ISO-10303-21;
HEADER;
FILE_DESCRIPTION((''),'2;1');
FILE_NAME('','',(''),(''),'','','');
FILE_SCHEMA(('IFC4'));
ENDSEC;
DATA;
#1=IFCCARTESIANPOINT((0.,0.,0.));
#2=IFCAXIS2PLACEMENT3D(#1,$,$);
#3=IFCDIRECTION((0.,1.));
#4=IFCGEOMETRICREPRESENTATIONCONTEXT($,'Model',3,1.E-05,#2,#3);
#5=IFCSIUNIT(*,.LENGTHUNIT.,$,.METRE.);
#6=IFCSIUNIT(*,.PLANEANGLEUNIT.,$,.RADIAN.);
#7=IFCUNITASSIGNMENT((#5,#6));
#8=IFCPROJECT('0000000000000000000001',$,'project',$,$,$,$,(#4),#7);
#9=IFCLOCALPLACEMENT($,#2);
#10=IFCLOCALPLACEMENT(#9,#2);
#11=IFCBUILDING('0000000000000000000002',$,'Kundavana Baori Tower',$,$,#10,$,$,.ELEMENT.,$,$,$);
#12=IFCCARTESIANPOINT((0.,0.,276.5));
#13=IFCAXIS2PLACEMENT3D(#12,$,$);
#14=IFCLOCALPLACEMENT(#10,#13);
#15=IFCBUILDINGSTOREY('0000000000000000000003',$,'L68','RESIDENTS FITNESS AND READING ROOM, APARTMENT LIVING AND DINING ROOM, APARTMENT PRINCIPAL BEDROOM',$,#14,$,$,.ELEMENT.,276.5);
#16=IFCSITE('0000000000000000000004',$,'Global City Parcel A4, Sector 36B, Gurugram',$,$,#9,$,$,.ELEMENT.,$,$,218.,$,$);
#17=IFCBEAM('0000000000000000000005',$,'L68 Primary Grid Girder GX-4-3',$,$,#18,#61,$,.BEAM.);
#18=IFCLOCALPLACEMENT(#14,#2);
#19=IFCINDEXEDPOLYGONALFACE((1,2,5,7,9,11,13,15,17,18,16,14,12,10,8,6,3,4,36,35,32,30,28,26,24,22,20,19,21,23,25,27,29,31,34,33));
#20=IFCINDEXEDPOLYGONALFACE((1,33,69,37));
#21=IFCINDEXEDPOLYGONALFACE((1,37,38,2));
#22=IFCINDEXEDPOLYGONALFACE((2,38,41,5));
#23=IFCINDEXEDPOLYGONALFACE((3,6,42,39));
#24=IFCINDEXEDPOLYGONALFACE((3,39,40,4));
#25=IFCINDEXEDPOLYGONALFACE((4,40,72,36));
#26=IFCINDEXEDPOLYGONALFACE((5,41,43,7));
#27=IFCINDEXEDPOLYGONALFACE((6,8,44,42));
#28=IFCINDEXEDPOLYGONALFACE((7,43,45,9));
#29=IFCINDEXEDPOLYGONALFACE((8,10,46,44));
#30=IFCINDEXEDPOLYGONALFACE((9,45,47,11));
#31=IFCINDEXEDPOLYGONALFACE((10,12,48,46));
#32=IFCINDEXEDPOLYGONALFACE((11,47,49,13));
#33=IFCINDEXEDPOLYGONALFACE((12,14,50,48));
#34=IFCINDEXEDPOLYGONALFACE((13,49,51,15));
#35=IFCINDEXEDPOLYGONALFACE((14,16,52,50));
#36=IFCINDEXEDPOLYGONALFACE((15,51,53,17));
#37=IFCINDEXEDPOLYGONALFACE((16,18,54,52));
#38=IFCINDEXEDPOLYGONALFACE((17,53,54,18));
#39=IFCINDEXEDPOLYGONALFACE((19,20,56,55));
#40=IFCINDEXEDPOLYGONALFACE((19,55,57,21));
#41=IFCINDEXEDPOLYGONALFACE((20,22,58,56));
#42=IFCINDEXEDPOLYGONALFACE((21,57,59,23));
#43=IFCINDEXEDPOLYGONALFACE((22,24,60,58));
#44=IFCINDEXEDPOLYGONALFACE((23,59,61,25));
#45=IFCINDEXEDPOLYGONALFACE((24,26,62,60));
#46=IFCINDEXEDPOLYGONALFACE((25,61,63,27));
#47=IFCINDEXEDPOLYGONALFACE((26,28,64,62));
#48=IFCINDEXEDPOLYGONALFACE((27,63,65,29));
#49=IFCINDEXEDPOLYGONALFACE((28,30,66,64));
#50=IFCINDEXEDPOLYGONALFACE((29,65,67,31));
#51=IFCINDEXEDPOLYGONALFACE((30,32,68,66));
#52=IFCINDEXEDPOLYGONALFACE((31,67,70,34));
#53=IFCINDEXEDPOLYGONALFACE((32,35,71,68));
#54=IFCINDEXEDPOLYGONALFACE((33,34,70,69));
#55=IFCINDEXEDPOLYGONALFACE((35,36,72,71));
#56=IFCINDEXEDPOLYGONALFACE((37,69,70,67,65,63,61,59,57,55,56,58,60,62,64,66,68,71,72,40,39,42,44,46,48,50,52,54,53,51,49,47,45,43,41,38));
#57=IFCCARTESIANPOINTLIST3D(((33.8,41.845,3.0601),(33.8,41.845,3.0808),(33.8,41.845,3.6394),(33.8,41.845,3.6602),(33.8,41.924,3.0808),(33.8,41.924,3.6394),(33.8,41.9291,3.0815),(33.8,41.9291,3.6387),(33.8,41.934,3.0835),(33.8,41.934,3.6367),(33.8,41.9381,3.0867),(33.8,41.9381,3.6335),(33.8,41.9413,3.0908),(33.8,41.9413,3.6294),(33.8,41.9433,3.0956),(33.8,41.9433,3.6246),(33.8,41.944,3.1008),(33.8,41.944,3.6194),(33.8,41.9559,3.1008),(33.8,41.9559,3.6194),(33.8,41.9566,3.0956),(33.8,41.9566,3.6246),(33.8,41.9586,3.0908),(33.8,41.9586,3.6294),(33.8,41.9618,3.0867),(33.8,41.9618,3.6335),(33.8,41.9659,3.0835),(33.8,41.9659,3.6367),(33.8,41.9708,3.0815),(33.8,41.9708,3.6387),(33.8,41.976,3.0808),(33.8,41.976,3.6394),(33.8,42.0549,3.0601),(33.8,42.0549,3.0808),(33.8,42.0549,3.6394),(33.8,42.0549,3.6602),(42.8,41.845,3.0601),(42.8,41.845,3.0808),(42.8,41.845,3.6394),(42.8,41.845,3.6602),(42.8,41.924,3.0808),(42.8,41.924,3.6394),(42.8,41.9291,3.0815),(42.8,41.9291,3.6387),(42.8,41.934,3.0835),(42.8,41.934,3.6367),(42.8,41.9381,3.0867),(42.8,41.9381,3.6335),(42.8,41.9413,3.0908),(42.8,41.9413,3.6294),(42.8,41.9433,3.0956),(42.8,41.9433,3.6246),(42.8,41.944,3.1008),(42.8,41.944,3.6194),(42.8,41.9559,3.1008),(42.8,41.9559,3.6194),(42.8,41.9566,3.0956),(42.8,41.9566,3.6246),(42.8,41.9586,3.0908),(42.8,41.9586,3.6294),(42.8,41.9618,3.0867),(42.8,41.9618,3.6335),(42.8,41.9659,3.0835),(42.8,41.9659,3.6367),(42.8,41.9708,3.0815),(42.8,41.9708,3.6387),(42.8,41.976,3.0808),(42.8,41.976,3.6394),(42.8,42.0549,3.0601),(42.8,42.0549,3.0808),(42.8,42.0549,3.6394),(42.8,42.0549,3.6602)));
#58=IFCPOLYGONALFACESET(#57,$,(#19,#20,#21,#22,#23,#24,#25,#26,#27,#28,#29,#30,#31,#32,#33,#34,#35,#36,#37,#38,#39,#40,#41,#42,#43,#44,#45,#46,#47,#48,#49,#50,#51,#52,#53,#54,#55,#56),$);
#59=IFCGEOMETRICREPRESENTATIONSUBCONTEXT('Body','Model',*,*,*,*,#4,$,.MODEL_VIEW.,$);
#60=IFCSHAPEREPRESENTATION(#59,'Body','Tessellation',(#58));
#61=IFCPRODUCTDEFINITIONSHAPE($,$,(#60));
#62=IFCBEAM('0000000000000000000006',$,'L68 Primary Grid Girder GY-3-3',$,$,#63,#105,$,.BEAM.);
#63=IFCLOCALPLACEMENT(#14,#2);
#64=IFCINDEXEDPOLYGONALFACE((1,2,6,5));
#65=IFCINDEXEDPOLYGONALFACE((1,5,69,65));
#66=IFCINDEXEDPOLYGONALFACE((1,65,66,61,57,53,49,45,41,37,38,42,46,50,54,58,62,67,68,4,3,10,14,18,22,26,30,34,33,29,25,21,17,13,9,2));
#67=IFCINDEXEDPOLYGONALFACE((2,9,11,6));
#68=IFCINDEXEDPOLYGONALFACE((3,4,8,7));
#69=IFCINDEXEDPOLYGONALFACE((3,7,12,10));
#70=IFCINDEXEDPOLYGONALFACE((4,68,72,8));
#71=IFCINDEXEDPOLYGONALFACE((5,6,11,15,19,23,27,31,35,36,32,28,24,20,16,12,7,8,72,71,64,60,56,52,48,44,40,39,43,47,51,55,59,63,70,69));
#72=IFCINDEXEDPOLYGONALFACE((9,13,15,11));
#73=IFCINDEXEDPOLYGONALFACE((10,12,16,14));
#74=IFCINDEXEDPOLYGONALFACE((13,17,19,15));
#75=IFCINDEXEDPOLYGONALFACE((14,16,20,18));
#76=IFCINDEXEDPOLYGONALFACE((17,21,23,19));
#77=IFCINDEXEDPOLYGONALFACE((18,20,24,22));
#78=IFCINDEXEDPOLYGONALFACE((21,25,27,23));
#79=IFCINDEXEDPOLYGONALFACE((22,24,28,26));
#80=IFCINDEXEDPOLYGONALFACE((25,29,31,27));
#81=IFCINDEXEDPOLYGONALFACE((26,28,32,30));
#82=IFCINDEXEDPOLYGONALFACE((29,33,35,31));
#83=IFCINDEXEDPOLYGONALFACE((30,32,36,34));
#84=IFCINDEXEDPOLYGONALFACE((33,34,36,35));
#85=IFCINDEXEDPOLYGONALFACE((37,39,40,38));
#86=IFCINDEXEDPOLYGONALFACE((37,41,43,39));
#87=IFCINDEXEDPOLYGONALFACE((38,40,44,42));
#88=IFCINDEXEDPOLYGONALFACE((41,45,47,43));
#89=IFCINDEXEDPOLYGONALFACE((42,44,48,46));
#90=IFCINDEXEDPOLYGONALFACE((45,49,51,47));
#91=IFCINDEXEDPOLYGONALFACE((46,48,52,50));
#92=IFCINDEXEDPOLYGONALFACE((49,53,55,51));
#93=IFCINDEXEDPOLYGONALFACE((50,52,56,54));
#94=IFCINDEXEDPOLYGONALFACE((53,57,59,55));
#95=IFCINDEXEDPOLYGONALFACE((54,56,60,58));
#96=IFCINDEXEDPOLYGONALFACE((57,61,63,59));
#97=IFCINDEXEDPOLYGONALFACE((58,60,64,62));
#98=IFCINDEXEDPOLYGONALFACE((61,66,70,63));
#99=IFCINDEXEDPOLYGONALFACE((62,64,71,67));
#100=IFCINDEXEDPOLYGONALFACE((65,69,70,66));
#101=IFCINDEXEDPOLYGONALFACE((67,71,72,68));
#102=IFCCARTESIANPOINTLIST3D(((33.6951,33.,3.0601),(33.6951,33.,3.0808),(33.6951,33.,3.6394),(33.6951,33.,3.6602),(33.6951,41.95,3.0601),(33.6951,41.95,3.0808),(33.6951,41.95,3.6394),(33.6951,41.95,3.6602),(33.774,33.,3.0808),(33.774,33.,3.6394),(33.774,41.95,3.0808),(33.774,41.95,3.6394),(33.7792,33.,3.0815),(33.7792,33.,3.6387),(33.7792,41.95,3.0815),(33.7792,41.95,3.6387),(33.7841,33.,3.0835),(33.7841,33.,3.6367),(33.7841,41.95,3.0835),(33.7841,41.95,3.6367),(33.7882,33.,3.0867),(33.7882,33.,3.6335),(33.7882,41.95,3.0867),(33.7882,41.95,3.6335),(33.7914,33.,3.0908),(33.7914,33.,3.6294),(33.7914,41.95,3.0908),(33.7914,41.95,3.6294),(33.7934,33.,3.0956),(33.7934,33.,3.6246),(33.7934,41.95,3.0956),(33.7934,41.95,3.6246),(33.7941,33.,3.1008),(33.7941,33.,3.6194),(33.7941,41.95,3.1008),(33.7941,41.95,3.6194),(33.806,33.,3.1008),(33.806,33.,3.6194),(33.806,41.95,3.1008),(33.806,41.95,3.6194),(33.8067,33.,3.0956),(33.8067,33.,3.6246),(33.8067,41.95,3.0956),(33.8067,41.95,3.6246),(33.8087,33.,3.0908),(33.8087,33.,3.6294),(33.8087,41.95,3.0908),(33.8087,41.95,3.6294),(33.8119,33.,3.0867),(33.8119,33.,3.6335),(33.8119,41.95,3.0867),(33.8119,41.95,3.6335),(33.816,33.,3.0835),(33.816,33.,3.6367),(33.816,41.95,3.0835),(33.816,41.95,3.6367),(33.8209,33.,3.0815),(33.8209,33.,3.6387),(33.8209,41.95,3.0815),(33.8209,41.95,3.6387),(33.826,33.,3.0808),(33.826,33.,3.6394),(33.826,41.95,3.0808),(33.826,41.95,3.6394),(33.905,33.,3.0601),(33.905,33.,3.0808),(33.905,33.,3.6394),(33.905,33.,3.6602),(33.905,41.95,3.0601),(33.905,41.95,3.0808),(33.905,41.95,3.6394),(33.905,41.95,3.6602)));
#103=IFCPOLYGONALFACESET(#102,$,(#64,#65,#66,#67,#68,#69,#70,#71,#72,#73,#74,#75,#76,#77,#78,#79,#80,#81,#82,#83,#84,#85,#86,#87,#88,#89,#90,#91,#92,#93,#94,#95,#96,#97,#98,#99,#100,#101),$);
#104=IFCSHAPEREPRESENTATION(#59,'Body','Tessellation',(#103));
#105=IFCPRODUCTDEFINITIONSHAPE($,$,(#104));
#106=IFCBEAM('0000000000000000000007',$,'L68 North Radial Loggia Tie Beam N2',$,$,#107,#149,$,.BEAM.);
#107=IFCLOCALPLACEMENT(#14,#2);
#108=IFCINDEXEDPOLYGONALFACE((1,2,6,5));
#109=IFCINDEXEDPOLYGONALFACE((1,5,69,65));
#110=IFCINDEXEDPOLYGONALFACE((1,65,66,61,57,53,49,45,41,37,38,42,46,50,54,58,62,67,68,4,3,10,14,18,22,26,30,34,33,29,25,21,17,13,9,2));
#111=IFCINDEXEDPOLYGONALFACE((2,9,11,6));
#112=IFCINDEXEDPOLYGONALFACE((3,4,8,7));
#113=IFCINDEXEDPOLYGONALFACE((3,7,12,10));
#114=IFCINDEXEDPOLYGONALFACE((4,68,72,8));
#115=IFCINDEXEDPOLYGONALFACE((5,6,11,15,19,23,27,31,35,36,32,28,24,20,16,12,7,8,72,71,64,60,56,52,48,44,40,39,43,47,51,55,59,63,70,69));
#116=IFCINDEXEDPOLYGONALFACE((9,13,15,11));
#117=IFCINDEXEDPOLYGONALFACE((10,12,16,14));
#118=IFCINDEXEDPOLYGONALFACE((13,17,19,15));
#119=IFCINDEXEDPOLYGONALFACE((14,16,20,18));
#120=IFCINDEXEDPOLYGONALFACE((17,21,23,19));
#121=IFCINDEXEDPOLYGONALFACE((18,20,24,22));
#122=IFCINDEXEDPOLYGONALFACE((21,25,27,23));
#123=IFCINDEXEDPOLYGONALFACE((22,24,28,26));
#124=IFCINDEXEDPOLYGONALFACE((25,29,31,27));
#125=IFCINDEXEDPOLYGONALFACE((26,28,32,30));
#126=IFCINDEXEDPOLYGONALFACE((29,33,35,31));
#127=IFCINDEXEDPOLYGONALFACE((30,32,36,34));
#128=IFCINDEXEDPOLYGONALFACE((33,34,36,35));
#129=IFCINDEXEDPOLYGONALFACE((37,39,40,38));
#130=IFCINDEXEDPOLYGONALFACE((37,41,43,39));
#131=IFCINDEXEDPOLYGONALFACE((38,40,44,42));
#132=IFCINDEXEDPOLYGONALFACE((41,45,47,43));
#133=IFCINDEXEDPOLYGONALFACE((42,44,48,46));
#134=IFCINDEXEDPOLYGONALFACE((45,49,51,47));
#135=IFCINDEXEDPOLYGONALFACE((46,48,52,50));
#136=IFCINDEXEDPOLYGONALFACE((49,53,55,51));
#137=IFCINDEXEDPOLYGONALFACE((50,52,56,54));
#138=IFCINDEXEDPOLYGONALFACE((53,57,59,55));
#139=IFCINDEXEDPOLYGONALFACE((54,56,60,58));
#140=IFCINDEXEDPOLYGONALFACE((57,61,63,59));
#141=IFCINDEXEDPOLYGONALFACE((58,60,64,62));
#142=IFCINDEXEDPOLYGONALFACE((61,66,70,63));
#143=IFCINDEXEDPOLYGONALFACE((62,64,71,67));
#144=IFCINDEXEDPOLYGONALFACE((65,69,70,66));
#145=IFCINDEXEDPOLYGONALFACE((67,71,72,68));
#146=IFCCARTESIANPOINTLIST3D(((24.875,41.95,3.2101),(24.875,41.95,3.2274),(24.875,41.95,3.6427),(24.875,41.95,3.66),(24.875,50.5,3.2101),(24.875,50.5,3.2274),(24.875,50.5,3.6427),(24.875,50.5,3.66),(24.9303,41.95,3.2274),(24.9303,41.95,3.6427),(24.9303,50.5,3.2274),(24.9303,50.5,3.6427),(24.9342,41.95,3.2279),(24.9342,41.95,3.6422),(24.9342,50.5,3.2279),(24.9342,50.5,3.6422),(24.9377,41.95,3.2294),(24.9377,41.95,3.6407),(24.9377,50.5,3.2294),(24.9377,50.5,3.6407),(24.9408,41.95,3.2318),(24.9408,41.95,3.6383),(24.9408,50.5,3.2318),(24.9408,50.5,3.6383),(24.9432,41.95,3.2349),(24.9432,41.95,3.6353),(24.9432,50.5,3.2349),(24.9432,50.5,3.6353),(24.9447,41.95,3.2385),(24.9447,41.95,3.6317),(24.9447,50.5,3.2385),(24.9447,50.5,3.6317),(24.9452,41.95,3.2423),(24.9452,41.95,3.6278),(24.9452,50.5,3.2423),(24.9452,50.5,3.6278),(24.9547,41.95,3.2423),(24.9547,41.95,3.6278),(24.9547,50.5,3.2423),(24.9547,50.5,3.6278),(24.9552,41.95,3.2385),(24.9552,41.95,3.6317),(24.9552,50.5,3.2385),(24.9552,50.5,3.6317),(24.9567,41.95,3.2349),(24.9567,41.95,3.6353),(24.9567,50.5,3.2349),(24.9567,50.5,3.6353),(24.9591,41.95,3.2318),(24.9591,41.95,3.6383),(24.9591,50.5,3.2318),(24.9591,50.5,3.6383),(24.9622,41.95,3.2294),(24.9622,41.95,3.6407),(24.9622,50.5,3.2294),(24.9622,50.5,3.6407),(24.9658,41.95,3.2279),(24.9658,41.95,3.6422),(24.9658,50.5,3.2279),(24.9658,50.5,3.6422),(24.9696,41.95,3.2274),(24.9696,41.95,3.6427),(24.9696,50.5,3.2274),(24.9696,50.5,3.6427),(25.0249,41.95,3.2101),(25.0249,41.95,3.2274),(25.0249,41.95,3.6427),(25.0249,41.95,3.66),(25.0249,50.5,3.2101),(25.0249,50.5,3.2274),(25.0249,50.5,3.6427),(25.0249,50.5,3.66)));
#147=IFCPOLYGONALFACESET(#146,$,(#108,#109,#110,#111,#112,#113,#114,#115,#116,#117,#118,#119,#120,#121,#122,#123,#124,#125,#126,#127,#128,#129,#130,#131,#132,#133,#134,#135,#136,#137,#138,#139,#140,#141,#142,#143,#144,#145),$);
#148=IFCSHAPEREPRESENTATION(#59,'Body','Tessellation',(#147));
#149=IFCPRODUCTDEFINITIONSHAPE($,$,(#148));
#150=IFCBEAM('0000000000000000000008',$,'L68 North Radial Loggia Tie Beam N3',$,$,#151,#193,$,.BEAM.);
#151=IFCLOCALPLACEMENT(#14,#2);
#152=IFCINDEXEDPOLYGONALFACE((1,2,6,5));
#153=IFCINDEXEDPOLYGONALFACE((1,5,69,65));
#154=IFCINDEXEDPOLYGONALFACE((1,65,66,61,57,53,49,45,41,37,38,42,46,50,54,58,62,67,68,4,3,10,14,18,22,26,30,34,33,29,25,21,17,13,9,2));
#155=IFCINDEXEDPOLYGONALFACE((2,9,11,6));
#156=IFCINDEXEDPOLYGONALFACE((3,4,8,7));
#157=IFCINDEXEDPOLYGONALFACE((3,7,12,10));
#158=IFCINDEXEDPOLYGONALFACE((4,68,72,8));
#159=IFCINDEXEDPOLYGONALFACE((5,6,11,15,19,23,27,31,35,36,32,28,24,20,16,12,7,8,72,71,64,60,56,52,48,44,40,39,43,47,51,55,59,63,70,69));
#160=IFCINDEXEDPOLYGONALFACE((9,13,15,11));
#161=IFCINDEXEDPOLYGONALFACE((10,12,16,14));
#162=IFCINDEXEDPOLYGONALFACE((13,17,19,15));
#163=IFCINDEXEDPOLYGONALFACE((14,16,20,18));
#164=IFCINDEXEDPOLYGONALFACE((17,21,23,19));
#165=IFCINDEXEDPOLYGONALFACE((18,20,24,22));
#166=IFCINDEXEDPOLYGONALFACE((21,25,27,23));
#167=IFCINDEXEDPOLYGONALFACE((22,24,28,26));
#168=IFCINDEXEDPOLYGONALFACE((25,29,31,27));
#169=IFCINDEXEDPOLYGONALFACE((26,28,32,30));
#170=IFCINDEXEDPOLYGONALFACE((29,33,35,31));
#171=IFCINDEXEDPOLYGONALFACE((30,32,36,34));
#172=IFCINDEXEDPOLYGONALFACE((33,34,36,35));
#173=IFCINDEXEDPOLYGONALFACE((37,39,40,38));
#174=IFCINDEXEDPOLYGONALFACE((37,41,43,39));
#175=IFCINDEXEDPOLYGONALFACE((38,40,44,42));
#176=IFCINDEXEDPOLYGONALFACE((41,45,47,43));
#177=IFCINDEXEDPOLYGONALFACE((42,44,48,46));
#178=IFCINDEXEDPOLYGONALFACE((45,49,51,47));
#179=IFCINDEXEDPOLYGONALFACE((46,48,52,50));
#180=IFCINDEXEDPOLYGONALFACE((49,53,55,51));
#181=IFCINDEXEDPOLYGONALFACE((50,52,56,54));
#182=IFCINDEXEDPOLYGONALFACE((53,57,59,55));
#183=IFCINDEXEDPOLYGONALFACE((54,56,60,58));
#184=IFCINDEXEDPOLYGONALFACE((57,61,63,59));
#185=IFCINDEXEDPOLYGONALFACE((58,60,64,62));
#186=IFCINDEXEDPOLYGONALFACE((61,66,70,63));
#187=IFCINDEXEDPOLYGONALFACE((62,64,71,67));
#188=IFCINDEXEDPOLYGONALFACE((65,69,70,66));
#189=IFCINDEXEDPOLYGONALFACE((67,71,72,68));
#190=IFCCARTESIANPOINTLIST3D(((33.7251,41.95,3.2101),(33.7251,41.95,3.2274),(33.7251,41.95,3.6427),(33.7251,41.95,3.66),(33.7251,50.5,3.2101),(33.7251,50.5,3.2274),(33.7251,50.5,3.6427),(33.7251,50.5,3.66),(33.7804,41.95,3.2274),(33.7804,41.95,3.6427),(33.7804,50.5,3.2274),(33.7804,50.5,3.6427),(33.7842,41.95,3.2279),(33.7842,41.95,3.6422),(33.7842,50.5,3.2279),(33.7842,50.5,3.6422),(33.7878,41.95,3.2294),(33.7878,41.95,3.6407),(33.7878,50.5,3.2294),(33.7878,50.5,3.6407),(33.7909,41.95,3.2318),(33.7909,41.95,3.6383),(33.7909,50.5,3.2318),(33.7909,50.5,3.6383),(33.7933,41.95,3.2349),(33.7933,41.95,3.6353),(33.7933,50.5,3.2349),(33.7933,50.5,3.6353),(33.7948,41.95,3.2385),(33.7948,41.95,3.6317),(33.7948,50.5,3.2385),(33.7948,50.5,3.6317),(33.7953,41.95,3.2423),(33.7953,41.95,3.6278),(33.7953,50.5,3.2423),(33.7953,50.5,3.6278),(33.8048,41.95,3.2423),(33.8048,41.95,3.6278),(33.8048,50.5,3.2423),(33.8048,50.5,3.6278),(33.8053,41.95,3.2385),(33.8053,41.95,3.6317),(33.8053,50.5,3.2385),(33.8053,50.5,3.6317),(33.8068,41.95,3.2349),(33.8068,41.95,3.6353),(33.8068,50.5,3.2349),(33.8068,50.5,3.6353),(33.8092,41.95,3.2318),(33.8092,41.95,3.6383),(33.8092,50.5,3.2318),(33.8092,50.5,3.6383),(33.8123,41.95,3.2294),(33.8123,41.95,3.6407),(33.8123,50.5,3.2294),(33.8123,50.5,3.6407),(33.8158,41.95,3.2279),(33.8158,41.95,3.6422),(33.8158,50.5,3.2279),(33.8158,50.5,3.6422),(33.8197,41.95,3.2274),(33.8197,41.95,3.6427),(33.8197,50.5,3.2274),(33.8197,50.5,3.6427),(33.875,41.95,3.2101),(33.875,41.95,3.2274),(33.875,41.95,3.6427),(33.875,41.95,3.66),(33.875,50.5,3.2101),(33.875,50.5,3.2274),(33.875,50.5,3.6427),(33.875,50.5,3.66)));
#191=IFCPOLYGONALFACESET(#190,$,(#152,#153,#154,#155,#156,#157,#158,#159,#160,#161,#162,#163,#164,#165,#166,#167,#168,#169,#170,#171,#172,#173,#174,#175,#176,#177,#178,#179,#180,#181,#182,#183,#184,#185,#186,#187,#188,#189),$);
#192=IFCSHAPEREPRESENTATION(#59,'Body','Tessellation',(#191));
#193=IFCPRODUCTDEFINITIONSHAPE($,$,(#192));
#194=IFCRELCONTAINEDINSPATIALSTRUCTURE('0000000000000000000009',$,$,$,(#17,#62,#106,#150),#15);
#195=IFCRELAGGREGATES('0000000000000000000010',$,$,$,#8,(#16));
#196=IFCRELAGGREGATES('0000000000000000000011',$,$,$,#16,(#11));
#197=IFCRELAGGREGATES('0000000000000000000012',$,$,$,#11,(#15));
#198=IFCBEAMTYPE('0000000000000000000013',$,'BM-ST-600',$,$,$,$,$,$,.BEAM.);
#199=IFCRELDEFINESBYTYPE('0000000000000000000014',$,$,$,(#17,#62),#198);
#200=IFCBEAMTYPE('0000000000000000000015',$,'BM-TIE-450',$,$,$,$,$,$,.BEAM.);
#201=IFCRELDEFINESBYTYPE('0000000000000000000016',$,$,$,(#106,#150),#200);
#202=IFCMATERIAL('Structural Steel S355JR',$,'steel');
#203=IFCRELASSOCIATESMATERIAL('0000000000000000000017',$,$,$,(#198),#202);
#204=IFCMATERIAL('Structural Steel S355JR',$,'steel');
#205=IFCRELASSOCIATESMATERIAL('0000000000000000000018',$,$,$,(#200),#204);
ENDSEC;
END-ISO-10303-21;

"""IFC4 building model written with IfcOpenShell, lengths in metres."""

from ifc_helpers import new_model, si_unit, direction, frame, origin, origin_2d, place, context, subcontext, project, spatial, i_section, extrude, material, material_profile, profile_set, type_object, element, save


model = new_model("IFC4")

# Units and contexts
model_context = context("Model", 3, precision=1e-05, world=origin(), true_north=direction((0.0, 1.0)))
body_context = subcontext(model_context, "Body", "Model", "MODEL_VIEW")
ifc_project = project(units=[si_unit("LENGTHUNIT", "METRE"), si_unit("PLANEANGLEUNIT", "RADIAN")], contexts=[model_context])

# Site, building, storey
site_placement = place(None, origin())
site = spatial("IfcSite", under=ifc_project, at=site_placement, Name="Global City Parcel A4, Sector 36B, Gurugram", CompositionType="ELEMENT", RefElevation=218.0)
building_placement = place(site_placement, origin())
building = spatial("IfcBuilding", under=site, at=building_placement, Name="Kundavana Baori Tower", CompositionType="ELEMENT")
storey_placement = place(building_placement, frame((0.0, 0.0, 276.5)))
storey = spatial("IfcBuildingStorey", under=building, at=storey_placement, Name="L68", Description="RESIDENTS FITNESS AND READING ROOM, APARTMENT LIVING AND DINING ROOM, APARTMENT PRINCIPAL BEDROOM", CompositionType="ELEMENT", Elevation=276.5)

# Beams
ifc_material_1 = material(Name="Structural Steel S355JR", Category="steel")
ifc_material_profile_1 = material_profile(ifc_material_1, i_section(OverallWidth=0.21, OverallDepth=0.6001, WebThickness=0.012, FlangeThickness=0.0208, FilletRadius=0.02, at=origin_2d()), Name="ISMB 600")
ifc_profile_set_1 = profile_set([ifc_material_profile_1], Name="Structural Steel S355JR")
beam_type_1 = type_object("IfcBeamType", Name="BM-ST-600", PredefinedType="BEAM", material=ifc_profile_set_1)
beam_1_placement = place(storey_placement, frame((33.8, 41.95, 3.3601), z_axis=(1.0, 0.0, 0.0), x_axis=(0.0, 1.0, 0.0)))
element("IfcBeam", 1, at=beam_1_placement, inside=storey, type_object=beam_type_1, Name="L68 Primary Grid Girder GX-4-3", PredefinedType="BEAM", context=body_context, shape_type="SweptSolid", body=[
    extrude(i_section(OverallWidth=0.21, OverallDepth=0.6001, WebThickness=0.012, FlangeThickness=0.0208, FilletRadius=0.02, at=origin_2d()), origin(), (0.0, 0.0, 1.0), 9.0),
])
beam_2_placement = place(storey_placement, frame((33.8, 33.0, 3.3601), z_axis=(0.0, 1.0, 0.0), x_axis=(-1.0, 0.0, 0.0)))
element("IfcBeam", 2, at=beam_2_placement, inside=storey, type_object=beam_type_1, Name="L68 Primary Grid Girder GY-3-3", PredefinedType="BEAM", context=body_context, shape_type="SweptSolid", body=[
    extrude(i_section(OverallWidth=0.21, OverallDepth=0.6001, WebThickness=0.012, FlangeThickness=0.0208, FilletRadius=0.02, at=origin_2d()), origin(), (0.0, 0.0, 1.0), 8.95),
])
ifc_material_2 = material(Name="Structural Steel S355JR", Category="steel")
ifc_material_profile_2 = material_profile(ifc_material_2, i_section(OverallWidth=0.1499, OverallDepth=0.45, WebThickness=0.0095, FlangeThickness=0.0173, FilletRadius=0.0149, at=origin_2d()), Name="ISMB 450")
ifc_profile_set_2 = profile_set([ifc_material_profile_2], Name="Structural Steel S355JR")
beam_type_2 = type_object("IfcBeamType", Name="BM-TIE-450", PredefinedType="BEAM", material=ifc_profile_set_2)
for number, where, z_axis, x_axis, name in (
    (3, (24.95, 41.95, 3.4351), (0.0, 1.0, 0.0), (-1.0, 0.0, 0.0), "L68 North Radial Loggia Tie Beam N2"),
    (4, (33.8, 41.95, 3.4351), (0.0, 1.0, 0.0), (-1.0, 0.0, 0.0), "L68 North Radial Loggia Tie Beam N3"),
):
    element("IfcBeam", number, at=place(storey_placement, frame(where, z_axis=z_axis, x_axis=x_axis)), inside=storey, type_object=beam_type_2, Name=name, PredefinedType="BEAM", context=body_context, shape_type="SweptSolid", body=[
        extrude(i_section(OverallWidth=0.1499, OverallDepth=0.45, WebThickness=0.0095, FlangeThickness=0.0173, FilletRadius=0.0149, at=origin_2d()), origin(), (0.0, 0.0, 1.0), 8.55),
    ])

save(model, "model.ifc")
